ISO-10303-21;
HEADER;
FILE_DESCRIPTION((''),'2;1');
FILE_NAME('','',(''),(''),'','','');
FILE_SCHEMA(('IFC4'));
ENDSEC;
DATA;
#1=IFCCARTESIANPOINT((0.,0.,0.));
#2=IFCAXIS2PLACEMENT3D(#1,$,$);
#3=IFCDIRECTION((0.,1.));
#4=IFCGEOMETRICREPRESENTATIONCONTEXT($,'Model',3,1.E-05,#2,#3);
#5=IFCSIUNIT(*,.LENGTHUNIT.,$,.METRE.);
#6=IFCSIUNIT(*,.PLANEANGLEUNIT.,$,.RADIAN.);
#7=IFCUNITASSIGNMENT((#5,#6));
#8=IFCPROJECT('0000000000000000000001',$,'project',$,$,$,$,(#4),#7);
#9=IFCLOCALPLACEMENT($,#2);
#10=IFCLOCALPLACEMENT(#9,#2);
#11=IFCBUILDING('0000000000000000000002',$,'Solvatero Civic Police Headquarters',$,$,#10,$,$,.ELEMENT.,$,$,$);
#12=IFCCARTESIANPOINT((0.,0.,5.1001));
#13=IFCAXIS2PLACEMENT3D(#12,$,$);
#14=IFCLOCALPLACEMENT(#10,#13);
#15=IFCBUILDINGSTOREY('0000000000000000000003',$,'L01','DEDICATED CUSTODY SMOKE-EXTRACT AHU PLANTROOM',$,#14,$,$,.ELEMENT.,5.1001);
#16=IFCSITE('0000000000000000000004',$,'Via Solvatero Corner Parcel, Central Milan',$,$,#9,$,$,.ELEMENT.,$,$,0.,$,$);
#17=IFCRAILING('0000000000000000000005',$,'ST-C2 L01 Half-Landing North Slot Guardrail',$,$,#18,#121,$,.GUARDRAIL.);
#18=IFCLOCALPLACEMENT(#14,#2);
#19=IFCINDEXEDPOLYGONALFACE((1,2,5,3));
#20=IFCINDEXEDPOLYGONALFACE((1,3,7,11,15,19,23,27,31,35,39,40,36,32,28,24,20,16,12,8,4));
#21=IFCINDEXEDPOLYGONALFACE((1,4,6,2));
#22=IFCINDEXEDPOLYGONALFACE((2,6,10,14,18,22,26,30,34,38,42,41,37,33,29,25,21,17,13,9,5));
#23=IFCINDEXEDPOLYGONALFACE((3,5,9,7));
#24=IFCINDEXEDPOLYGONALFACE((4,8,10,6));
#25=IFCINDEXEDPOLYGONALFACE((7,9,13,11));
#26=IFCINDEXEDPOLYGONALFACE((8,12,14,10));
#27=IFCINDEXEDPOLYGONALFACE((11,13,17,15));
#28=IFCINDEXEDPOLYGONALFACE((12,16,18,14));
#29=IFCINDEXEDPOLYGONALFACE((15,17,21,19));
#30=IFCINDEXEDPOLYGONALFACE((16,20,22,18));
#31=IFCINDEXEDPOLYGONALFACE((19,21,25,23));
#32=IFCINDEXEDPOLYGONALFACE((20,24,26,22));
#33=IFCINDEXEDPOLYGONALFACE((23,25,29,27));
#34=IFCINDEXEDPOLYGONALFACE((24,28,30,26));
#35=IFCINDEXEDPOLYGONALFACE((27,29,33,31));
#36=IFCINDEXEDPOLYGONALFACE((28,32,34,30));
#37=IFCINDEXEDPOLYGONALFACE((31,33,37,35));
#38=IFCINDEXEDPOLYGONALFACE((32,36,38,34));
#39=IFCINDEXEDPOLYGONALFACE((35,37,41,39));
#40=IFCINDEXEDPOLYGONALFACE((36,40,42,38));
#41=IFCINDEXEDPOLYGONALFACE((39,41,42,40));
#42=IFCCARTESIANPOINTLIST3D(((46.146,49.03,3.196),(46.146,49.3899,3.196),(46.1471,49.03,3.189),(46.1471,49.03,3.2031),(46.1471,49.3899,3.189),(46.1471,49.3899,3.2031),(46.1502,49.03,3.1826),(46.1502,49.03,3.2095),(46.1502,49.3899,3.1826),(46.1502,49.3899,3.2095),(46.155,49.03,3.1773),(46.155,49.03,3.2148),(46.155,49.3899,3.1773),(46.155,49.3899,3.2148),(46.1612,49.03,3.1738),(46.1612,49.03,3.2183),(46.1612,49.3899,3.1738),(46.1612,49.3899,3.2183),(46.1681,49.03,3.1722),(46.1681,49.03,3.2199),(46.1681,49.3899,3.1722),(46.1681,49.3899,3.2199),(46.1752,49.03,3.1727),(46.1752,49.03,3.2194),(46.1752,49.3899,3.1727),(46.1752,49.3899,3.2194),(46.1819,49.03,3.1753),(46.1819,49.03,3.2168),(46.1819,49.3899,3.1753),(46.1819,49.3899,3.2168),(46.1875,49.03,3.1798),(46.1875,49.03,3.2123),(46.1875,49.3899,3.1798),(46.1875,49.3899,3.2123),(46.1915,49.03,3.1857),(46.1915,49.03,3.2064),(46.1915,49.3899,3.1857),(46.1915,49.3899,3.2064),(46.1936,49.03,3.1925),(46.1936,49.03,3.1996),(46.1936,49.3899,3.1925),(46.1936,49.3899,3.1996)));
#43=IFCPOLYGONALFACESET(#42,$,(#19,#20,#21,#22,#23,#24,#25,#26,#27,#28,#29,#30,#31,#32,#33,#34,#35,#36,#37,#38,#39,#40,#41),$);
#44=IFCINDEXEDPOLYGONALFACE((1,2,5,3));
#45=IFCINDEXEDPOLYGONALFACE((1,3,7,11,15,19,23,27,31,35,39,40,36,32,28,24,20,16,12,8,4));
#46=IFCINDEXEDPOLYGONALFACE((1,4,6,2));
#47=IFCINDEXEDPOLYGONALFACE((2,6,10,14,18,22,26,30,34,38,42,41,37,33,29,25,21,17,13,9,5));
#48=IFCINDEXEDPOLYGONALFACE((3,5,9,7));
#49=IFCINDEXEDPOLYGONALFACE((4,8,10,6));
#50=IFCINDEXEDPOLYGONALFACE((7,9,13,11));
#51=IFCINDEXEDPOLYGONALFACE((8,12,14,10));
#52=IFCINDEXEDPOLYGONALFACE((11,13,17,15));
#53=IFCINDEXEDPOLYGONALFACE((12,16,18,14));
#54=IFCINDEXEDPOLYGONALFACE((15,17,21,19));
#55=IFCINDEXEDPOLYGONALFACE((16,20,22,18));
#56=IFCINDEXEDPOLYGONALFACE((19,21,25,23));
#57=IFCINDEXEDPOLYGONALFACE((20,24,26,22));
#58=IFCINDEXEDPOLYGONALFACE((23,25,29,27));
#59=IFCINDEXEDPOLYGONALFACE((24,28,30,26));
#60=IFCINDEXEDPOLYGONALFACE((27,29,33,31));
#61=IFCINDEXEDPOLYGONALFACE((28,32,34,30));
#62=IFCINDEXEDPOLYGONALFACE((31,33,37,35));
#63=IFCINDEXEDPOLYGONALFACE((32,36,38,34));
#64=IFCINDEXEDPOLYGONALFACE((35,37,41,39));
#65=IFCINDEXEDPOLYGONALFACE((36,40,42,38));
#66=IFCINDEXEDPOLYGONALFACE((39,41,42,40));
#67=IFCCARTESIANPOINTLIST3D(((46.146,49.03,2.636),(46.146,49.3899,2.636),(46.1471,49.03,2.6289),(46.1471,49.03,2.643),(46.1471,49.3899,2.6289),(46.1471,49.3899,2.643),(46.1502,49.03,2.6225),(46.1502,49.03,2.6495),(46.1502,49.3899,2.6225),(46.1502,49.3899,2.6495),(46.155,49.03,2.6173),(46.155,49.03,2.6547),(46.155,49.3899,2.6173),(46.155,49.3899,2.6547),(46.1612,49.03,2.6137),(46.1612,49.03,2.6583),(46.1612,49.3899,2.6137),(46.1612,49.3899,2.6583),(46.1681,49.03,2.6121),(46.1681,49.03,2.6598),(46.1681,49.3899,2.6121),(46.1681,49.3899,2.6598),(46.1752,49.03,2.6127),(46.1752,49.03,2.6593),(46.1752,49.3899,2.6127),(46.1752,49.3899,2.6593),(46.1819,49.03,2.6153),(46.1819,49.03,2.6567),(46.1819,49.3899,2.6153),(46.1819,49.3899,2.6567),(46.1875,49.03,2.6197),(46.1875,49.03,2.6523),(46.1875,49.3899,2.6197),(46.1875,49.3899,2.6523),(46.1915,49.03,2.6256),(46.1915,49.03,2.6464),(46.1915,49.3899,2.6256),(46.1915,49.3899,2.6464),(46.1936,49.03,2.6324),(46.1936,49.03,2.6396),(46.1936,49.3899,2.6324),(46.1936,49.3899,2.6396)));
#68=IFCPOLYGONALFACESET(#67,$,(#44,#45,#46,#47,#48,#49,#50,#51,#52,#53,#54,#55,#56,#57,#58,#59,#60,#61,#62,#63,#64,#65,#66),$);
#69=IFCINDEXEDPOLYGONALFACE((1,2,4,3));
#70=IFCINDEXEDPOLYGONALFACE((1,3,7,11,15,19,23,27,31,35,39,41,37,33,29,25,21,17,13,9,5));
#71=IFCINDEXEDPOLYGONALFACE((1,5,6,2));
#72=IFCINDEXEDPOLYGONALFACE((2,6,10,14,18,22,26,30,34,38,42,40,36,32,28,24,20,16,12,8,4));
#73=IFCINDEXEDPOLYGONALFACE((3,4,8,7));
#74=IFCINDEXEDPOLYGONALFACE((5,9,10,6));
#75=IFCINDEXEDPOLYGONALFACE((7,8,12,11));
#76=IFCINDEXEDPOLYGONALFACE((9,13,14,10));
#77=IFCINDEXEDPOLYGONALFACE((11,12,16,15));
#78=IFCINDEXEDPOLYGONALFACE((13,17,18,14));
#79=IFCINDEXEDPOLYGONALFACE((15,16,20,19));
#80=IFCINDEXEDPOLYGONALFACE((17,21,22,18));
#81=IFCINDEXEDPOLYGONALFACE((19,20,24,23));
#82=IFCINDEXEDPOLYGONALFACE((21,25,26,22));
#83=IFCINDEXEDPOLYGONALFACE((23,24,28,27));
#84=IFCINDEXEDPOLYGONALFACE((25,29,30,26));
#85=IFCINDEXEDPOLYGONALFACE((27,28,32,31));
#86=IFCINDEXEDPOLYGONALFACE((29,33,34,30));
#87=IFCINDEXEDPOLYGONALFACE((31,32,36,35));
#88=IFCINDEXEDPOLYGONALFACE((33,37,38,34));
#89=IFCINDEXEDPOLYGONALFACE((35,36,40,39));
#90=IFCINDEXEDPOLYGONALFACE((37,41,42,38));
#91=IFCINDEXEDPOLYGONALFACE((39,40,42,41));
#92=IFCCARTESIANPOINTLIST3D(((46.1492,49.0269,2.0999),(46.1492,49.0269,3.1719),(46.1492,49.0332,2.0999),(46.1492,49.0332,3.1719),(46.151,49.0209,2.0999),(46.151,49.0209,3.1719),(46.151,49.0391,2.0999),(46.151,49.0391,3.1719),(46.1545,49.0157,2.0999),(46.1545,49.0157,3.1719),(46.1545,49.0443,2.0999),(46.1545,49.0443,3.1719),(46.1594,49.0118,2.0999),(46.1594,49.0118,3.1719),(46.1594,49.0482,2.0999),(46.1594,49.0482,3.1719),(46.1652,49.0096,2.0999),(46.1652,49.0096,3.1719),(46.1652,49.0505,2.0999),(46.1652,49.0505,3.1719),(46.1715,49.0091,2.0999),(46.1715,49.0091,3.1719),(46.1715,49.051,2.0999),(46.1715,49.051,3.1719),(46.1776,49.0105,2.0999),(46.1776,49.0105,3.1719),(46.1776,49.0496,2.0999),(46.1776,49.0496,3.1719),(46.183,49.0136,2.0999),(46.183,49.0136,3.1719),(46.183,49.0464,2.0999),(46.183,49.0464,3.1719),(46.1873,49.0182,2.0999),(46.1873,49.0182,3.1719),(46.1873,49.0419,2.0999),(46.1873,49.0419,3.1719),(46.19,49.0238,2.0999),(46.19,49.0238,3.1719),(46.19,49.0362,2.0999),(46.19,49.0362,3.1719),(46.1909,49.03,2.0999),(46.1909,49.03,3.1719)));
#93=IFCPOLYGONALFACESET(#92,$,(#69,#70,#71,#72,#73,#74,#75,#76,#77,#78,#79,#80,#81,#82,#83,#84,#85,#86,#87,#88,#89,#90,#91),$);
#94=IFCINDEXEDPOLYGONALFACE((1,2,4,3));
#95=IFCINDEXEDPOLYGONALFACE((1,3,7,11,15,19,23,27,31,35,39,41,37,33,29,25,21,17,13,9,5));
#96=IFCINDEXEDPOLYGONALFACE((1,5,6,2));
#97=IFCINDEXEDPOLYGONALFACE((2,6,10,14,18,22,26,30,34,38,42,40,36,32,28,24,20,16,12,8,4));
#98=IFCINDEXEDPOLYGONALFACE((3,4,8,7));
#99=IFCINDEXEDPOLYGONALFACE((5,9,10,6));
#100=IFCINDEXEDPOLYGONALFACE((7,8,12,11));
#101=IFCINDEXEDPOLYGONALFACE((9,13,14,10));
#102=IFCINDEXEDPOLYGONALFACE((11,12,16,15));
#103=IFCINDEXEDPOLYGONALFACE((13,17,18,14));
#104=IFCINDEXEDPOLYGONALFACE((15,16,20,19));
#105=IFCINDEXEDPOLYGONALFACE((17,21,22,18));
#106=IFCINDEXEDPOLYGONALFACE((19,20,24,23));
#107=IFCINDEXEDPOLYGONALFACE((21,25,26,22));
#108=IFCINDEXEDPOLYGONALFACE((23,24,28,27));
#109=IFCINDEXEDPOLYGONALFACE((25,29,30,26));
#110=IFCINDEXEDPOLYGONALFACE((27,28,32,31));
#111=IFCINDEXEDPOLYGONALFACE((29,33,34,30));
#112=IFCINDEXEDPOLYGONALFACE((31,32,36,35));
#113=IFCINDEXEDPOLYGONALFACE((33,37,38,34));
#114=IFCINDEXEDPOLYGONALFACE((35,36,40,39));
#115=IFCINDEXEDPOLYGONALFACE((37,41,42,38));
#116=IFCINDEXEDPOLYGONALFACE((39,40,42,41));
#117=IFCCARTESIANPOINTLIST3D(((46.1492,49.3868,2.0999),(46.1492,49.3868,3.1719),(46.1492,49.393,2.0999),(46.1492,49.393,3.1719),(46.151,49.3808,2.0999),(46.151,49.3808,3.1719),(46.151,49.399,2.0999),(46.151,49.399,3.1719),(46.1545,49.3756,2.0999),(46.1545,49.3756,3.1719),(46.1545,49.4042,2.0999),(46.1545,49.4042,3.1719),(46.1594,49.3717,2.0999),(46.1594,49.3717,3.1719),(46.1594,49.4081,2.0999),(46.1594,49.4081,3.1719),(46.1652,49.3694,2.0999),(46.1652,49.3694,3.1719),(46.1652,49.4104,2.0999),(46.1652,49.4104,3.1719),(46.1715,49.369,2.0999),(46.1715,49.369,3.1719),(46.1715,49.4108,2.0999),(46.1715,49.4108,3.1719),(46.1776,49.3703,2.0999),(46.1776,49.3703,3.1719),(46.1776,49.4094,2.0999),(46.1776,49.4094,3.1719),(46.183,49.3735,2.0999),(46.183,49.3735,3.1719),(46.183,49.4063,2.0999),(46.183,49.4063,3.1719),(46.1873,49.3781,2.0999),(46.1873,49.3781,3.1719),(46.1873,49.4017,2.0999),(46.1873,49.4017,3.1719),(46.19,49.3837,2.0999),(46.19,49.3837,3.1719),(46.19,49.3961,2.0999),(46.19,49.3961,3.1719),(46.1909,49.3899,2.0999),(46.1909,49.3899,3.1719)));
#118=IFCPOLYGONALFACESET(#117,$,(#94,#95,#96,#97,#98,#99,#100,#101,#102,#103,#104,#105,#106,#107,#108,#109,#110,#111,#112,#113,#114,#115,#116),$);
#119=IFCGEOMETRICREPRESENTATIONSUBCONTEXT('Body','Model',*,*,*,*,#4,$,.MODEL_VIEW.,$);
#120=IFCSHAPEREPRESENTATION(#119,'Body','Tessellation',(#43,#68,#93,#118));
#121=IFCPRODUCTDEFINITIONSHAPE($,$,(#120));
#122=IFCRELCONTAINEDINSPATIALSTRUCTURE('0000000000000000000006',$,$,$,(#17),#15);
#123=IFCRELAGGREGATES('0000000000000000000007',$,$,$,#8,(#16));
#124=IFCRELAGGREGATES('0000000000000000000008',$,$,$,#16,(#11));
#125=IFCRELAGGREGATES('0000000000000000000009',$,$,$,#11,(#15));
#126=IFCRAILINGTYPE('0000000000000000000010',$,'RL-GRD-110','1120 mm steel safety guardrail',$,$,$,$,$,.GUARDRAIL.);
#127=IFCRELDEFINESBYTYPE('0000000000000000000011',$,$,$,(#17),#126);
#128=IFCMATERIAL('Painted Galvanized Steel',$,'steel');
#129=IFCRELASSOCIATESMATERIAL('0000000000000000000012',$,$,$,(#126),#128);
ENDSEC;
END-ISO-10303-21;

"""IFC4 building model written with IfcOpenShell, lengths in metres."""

from ifc_helpers import new_model, si_unit, direction, frame, origin, origin_2d, place, context, subcontext, project, spatial, circle, extrude, material, type_object, element, save


model = new_model("IFC4")

# Units and contexts
model_context = context("Model", 3, precision=1e-05, world=origin(), true_north=direction((0.0, 1.0)))
body_context = subcontext(model_context, "Body", "Model", "MODEL_VIEW")
ifc_project = project(units=[si_unit("LENGTHUNIT", "METRE"), si_unit("PLANEANGLEUNIT", "RADIAN")], contexts=[model_context])

# Site, building, storey
site_placement = place(None, origin())
site = spatial("IfcSite", under=ifc_project, at=site_placement, Name="Via Solvatero Corner Parcel, Central Milan", CompositionType="ELEMENT", RefElevation=0.0)
building_placement = place(site_placement, origin())
building = spatial("IfcBuilding", under=site, at=building_placement, Name="Solvatero Civic Police Headquarters", CompositionType="ELEMENT")
storey_placement = place(building_placement, frame((0.0, 0.0, 5.1001)))
storey = spatial("IfcBuildingStorey", under=building, at=storey_placement, Name="L01", Description="DEDICATED CUSTODY SMOKE-EXTRACT AHU PLANTROOM", CompositionType="ELEMENT", Elevation=5.1001)

# Railing
ifc_material_1 = material(Name="Painted Galvanized Steel", Category="steel")
railing_type_1 = type_object("IfcRailingType", Name="RL-GRD-110", Description="1120 mm steel safety guardrail", PredefinedType="GUARDRAIL", material=ifc_material_1)
railing_1_placement = place(storey_placement, frame((46.1699, 49.03, 2.0999)))
element("IfcRailing", 1, at=railing_1_placement, inside=storey, type_object=railing_type_1, Name="ST-C2 L01 Half-Landing North Slot Guardrail", PredefinedType="GUARDRAIL", context=body_context, shape_type="SweptSolid", body=[
    extrude(circle(Radius=0.0239, at=origin_2d()), frame((0.0, 0.0, 1.0962), z_axis=(0.0, 1.0, 0.0), x_axis=(-1.0, 0.0, 0.0)), (0.0, 0.0, 1.0), 0.3599),
    extrude(circle(Radius=0.0239, at=origin_2d()), frame((0.0, 0.0, 0.5361), z_axis=(0.0, 1.0, 0.0), x_axis=(-1.0, 0.0, 0.0)), (0.0, 0.0, 1.0), 0.3599),
    extrude(circle(Radius=0.021, at=origin_2d()), origin(), (0.0, 0.0, 1.0), 1.072),
    extrude(circle(Radius=0.021, at=origin_2d()), frame((0.0, 0.3599, 0.0)), (0.0, 0.0, 1.0), 1.072),
])

save(model, "model.ifc")
